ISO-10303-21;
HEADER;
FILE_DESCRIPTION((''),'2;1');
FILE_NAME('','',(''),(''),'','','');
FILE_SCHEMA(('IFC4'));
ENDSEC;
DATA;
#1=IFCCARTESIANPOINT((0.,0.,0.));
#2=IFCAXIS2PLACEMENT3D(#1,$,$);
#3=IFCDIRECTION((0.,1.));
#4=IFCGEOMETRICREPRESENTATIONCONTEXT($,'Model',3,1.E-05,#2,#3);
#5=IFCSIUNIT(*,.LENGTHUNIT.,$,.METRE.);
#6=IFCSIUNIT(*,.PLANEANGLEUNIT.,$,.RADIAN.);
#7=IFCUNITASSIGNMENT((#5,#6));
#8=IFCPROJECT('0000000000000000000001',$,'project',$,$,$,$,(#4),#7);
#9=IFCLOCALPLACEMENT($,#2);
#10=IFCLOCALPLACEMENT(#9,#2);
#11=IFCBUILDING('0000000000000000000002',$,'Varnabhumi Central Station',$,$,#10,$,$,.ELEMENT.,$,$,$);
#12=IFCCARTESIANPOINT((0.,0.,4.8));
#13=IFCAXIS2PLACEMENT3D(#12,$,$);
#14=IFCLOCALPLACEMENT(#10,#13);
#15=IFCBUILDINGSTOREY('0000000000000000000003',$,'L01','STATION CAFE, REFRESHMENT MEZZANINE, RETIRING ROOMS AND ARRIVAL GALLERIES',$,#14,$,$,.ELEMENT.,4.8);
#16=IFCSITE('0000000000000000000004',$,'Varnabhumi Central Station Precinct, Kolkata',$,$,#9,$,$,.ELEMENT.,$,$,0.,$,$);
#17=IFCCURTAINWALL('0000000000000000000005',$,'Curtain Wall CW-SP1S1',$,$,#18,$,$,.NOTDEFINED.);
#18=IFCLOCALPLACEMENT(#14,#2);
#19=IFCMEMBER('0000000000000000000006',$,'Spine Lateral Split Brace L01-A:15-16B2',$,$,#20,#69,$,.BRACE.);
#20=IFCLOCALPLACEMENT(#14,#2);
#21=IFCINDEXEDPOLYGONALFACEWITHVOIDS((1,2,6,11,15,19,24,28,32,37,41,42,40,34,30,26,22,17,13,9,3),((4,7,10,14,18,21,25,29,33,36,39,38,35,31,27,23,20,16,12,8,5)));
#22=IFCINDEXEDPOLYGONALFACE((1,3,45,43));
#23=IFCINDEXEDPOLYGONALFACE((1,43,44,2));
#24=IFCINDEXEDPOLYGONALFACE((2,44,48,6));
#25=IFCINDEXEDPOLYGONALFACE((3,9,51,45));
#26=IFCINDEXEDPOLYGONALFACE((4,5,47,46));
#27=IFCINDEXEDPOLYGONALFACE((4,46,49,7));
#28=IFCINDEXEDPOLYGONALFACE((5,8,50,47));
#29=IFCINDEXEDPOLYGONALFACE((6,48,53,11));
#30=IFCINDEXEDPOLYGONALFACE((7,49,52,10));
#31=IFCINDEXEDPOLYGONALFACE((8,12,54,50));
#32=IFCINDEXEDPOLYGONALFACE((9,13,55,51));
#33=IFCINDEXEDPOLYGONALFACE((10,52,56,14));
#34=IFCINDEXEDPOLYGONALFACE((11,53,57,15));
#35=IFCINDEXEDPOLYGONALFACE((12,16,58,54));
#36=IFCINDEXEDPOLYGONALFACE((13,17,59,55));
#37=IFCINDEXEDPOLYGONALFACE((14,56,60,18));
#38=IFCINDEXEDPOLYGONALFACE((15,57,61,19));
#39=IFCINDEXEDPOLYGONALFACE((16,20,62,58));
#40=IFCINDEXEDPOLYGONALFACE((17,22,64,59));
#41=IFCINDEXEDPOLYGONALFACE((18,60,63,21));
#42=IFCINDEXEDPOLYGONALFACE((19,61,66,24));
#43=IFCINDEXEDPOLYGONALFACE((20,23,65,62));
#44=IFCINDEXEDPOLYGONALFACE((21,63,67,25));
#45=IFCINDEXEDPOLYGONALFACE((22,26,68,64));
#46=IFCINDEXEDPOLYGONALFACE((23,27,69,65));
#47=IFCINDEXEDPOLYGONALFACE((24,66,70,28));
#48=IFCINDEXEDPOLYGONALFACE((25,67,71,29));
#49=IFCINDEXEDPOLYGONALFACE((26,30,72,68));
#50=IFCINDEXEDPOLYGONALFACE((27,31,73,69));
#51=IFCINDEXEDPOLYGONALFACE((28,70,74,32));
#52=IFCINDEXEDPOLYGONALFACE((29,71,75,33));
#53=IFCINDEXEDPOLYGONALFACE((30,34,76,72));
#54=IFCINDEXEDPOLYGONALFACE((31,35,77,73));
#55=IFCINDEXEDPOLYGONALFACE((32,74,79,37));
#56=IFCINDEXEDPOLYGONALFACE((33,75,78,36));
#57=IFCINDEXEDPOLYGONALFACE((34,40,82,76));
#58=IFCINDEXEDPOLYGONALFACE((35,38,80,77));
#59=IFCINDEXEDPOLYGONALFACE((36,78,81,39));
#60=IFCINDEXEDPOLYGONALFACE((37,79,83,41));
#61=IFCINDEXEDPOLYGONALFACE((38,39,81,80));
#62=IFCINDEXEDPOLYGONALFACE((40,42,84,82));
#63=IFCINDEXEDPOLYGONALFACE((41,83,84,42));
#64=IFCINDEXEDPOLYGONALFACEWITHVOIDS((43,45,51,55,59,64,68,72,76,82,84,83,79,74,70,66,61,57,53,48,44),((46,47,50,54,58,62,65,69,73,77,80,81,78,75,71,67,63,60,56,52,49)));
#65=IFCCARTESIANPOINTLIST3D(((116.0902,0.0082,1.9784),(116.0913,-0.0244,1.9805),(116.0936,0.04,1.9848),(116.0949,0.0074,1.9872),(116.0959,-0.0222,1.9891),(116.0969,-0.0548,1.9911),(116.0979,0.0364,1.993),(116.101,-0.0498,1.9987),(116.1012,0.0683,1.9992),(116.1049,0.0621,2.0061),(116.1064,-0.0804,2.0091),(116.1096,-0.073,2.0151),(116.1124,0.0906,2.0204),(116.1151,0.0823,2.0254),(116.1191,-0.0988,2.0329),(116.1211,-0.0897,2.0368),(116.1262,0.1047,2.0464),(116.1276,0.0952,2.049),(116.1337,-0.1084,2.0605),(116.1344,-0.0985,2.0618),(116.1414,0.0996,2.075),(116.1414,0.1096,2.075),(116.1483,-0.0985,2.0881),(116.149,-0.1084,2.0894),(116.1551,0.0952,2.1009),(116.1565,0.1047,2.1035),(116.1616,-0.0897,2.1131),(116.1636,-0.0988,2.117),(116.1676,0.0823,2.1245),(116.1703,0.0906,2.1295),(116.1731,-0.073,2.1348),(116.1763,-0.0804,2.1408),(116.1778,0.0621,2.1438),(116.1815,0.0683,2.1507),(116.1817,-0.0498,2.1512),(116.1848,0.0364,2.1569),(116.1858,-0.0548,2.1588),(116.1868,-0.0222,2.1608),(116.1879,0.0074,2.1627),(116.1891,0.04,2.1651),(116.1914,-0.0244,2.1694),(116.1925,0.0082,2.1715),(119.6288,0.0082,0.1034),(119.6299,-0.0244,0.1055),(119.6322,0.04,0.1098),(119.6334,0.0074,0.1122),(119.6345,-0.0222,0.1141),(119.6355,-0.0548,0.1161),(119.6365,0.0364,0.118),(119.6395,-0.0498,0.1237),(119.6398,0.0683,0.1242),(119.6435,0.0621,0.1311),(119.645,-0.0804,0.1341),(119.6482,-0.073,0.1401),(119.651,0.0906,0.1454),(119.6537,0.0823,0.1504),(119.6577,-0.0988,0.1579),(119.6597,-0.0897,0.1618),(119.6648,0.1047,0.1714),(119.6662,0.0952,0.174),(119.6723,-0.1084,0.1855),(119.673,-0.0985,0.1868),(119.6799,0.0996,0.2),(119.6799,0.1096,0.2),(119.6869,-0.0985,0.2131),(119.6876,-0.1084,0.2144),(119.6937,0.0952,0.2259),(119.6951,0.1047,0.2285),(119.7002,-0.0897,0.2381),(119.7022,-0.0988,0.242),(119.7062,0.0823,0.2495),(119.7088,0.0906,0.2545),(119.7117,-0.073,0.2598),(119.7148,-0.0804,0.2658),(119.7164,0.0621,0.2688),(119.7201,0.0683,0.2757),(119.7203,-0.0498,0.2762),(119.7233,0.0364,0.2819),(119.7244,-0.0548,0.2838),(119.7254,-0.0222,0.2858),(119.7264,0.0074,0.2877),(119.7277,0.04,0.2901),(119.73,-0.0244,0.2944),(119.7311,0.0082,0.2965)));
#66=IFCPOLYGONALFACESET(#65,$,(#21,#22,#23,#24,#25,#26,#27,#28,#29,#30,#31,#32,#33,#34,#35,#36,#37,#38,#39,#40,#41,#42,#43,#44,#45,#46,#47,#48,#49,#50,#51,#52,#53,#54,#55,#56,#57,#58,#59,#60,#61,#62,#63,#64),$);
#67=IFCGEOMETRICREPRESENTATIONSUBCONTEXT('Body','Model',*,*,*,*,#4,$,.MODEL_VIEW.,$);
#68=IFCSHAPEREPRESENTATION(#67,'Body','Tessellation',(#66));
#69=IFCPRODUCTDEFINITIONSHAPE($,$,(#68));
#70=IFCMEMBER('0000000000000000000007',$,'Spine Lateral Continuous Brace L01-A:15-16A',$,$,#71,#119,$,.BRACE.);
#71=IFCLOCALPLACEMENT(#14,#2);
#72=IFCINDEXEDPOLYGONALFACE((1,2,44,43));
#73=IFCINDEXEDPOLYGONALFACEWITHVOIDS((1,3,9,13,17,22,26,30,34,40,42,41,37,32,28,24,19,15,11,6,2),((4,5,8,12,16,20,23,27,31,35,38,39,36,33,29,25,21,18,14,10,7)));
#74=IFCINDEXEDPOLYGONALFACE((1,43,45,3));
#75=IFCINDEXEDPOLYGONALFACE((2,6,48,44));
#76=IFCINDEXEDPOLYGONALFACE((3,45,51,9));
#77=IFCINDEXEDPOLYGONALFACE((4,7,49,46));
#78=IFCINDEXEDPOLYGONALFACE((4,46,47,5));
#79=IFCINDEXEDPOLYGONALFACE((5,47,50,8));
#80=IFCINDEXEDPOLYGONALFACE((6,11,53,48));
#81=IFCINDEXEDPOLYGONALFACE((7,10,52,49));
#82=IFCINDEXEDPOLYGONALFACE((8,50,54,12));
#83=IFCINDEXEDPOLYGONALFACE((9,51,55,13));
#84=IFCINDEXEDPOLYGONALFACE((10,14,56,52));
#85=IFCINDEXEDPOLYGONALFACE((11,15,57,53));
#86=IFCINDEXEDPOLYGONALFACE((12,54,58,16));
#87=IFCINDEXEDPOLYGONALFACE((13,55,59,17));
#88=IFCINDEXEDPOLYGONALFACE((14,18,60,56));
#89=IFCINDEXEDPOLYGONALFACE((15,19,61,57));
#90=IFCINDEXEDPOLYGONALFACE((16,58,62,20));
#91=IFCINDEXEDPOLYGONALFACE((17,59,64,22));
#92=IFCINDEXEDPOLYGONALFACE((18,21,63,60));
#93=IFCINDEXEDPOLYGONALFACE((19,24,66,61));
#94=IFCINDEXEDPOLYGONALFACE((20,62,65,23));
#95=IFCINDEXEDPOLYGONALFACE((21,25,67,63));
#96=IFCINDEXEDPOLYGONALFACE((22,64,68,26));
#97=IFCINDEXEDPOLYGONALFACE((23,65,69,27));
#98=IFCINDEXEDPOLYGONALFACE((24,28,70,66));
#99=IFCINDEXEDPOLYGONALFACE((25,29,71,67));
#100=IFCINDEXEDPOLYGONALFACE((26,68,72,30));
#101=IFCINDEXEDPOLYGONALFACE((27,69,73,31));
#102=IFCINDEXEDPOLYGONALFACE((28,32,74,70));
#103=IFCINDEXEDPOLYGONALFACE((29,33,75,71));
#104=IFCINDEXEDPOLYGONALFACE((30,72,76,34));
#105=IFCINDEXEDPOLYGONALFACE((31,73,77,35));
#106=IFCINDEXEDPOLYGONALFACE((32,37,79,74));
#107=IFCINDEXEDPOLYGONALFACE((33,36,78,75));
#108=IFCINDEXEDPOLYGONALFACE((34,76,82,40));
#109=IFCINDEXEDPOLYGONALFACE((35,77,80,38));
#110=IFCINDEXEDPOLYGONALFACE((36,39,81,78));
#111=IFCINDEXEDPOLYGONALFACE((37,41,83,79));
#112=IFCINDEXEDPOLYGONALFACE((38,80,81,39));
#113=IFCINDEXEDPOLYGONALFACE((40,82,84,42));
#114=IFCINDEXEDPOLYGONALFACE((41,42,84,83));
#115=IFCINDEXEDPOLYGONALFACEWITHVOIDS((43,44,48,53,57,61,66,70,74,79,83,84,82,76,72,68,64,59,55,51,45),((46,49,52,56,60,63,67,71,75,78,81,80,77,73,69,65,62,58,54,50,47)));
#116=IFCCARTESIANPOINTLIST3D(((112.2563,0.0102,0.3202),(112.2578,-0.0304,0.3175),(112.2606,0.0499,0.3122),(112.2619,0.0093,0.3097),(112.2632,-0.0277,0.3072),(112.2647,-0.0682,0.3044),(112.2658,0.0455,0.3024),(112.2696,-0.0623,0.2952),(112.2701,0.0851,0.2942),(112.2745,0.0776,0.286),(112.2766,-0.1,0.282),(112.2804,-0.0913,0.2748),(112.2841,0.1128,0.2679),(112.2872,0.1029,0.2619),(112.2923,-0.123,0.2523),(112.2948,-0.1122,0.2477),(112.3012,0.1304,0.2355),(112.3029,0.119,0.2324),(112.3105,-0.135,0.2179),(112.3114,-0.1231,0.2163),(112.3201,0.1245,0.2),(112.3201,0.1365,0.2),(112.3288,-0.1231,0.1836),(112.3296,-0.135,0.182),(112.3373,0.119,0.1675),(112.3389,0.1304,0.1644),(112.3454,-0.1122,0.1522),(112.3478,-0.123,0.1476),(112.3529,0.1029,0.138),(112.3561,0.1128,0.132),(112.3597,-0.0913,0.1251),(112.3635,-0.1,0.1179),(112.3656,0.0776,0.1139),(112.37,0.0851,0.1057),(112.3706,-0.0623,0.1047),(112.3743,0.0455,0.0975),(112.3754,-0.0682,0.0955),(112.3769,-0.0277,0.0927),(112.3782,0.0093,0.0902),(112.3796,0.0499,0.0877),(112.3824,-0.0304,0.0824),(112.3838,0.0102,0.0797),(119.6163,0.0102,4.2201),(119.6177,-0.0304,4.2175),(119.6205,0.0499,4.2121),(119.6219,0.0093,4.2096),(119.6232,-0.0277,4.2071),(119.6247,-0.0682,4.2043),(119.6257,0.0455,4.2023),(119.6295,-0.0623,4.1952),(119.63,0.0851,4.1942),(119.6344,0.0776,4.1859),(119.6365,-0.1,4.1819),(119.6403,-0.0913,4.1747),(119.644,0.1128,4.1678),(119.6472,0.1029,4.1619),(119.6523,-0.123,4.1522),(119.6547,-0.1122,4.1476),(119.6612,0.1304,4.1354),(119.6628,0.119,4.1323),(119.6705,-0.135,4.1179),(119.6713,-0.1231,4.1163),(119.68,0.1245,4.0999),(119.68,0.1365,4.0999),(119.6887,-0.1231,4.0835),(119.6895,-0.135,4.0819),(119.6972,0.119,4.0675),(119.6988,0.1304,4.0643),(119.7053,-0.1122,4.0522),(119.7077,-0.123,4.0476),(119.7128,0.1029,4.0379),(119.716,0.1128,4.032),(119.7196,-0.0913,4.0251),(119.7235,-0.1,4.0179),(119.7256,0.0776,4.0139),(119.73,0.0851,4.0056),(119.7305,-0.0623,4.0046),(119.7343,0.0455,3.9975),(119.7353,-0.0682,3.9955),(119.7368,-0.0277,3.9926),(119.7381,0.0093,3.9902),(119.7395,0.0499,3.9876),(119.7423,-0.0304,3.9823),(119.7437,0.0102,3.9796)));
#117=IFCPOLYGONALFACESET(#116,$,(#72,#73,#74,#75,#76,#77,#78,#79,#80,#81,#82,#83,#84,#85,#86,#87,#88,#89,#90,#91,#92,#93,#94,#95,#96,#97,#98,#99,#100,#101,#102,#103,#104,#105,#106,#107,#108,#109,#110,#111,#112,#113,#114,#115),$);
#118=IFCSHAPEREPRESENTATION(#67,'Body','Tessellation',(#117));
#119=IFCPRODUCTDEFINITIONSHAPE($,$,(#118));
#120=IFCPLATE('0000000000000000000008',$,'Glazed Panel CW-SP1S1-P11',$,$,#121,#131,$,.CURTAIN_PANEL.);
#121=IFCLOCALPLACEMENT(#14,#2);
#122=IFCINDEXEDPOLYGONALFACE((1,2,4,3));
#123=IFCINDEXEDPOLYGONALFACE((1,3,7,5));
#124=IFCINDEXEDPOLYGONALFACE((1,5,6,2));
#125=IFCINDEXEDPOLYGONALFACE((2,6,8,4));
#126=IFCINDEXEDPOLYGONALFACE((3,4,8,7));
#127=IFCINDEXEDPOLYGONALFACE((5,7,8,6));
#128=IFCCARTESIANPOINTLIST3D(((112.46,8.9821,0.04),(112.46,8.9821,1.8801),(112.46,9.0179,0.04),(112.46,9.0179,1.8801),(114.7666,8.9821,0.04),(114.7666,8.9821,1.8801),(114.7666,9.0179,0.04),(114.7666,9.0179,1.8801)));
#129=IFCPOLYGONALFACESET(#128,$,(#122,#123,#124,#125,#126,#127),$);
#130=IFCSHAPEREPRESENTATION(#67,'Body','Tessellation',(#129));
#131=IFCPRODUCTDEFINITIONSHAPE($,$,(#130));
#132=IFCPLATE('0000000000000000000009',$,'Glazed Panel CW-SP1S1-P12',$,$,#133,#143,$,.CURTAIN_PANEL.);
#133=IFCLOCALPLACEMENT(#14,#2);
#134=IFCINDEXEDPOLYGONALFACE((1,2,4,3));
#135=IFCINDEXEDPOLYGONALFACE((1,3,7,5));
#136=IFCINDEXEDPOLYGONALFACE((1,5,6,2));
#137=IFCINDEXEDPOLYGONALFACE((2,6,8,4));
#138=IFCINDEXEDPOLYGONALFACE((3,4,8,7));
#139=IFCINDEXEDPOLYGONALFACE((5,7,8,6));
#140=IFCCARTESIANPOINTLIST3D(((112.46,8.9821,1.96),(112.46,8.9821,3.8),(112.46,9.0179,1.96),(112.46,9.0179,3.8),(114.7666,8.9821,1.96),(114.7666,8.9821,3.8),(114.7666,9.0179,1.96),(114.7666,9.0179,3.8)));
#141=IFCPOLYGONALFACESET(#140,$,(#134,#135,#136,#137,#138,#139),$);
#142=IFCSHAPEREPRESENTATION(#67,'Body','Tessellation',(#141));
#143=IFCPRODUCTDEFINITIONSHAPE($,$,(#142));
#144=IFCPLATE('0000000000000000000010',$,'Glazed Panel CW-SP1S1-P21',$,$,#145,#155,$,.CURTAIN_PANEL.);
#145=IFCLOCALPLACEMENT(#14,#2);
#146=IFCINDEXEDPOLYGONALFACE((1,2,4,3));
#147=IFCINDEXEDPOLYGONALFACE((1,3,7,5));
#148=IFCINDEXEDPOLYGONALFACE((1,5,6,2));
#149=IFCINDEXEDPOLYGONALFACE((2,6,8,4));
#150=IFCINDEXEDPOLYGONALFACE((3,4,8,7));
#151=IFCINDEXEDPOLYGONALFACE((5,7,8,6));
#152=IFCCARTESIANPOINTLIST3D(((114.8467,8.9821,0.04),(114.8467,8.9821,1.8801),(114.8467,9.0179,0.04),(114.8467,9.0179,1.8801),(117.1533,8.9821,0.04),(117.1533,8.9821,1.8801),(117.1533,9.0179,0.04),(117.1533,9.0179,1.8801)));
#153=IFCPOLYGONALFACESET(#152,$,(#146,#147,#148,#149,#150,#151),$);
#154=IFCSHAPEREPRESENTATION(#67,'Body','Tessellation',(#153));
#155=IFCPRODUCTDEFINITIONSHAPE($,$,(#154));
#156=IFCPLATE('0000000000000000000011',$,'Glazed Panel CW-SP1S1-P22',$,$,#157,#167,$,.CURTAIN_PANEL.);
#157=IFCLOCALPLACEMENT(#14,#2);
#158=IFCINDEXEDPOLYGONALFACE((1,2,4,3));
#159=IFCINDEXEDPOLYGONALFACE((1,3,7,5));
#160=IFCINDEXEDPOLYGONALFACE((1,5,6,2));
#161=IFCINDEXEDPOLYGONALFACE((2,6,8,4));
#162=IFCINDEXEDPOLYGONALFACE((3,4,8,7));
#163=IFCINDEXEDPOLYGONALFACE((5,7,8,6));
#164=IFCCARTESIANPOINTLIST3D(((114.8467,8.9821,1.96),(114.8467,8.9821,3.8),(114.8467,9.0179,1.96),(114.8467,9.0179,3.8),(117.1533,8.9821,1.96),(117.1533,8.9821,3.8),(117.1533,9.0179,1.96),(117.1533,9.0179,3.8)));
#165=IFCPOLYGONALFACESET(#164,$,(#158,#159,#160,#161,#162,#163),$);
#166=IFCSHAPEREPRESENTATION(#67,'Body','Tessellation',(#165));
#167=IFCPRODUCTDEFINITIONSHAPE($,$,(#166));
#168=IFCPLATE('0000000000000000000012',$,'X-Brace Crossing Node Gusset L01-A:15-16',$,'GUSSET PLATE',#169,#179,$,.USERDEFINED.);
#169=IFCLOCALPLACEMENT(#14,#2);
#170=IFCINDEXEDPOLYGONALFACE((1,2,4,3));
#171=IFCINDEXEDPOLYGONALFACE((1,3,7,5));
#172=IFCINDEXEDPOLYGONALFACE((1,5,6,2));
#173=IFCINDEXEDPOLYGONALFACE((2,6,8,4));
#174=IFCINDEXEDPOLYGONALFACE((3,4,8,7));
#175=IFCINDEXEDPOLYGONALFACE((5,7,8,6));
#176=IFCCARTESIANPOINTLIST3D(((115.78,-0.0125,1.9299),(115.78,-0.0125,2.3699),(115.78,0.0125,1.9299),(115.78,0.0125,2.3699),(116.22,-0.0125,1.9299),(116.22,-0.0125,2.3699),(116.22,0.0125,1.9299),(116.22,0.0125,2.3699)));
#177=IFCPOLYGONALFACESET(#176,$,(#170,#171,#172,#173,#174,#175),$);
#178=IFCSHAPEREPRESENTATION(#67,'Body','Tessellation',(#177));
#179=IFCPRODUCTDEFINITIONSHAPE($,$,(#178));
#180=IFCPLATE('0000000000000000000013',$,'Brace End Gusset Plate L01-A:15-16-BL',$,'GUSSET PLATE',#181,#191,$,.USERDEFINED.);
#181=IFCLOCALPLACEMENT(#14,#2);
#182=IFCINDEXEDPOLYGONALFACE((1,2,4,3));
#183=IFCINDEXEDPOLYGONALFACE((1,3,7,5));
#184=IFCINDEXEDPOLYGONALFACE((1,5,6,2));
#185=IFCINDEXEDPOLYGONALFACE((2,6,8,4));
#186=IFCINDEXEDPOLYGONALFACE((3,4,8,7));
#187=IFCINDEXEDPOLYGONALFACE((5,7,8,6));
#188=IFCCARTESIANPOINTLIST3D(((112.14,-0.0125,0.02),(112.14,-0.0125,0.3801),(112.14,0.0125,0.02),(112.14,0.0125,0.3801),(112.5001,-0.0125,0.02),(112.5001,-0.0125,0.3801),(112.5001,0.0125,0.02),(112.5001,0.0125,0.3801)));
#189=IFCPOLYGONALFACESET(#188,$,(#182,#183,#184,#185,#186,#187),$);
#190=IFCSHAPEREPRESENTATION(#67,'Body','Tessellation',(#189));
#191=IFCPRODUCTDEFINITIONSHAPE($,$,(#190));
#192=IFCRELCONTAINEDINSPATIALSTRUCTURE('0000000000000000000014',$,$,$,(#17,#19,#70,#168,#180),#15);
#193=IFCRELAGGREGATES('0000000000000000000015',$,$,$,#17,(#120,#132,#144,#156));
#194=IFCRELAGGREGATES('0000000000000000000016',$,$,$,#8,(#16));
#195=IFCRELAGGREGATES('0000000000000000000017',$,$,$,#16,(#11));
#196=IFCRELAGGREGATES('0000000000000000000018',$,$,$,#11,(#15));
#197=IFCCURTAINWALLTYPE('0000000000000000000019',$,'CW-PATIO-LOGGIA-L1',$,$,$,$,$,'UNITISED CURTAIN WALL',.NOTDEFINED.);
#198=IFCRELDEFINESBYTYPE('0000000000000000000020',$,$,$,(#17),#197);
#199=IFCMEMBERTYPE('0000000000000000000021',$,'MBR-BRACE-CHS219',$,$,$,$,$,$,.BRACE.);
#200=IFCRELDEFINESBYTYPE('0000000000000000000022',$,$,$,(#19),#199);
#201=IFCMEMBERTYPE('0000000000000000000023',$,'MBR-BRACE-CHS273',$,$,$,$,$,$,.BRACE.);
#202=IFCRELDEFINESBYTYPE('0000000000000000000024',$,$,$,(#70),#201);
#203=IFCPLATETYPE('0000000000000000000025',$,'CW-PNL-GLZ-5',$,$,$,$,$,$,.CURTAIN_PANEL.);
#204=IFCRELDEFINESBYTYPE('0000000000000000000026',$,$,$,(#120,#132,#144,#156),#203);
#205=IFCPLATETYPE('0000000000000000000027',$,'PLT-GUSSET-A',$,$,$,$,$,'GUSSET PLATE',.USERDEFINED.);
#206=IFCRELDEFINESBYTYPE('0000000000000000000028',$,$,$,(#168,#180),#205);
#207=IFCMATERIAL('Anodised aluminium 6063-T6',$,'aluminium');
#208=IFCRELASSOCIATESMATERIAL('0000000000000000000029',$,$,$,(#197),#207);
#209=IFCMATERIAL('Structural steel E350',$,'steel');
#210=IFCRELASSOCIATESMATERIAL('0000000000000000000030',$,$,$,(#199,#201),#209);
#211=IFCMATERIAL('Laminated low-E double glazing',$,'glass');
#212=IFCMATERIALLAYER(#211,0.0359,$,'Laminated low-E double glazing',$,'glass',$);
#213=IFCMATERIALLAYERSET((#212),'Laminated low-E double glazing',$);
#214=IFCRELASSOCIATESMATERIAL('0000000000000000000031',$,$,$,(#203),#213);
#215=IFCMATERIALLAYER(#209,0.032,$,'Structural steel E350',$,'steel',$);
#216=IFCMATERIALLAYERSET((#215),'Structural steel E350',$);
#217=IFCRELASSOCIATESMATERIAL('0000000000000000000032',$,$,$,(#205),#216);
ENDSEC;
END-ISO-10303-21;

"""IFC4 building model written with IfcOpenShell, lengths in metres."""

from ifc_helpers import new_model, si_unit, direction, frame, origin, origin_2d, place, context, subcontext, project, spatial, rectangle, hollow_circle, extrude, material, layer, layer_set, material_profile, profile_set, type_object, element, aggregate, save


model = new_model("IFC4")

# Units and contexts
model_context = context("Model", 3, precision=1e-05, world=origin(), true_north=direction((0.0, 1.0)))
body_context = subcontext(model_context, "Body", "Model", "MODEL_VIEW")
ifc_project = project(units=[si_unit("LENGTHUNIT", "METRE"), si_unit("PLANEANGLEUNIT", "RADIAN")], contexts=[model_context])

# Site, building, storey
site_placement = place(None, origin())
site = spatial("IfcSite", under=ifc_project, at=site_placement, Name="Varnabhumi Central Station Precinct, Kolkata", CompositionType="ELEMENT", RefElevation=0.0)
building_placement = place(site_placement, origin())
building = spatial("IfcBuilding", under=site, at=building_placement, Name="Varnabhumi Central Station", CompositionType="ELEMENT")
storey_placement = place(building_placement, frame((0.0, 0.0, 4.8)))
storey = spatial("IfcBuildingStorey", under=building, at=storey_placement, Name="L01", Description="STATION CAFE, REFRESHMENT MEZZANINE, RETIRING ROOMS AND ARRIVAL GALLERIES", CompositionType="ELEMENT", Elevation=4.8)

# Shared definitions
ifc_material_1 = material(Name="Structural steel E350", Category="steel")

# Curtain wall
ifc_material_2 = material(Name="Anodised aluminium 6063-T6", Category="aluminium")
curtain_wall_type = type_object("IfcCurtainWallType", Name="CW-PATIO-LOGGIA-L1", ElementType="UNITISED CURTAIN WALL", PredefinedType="NOTDEFINED", material=ifc_material_2)
curtain_wall_placement = place(storey_placement, origin())
curtain_wall = element("IfcCurtainWall", 1, at=curtain_wall_placement, inside=storey, type_object=curtain_wall_type, Name="Curtain Wall CW-SP1S1", PredefinedType="NOTDEFINED")

# Members
ifc_material_profile_1 = material_profile(ifc_material_1, hollow_circle(Radius=0.1096, WallThickness=0.01, at=origin_2d()), Name="Structural steel E350", Category="steel")
ifc_profile_set_1 = profile_set([ifc_material_profile_1], Name="Structural steel E350")
member_type_1 = type_object("IfcMemberType", Name="MBR-BRACE-CHS219", PredefinedType="BRACE", material=ifc_profile_set_1)
for number, where, z_axis, x_axis, name in (
    (2, (116.1414, 0.0, 2.075), (0.883619, 0.0, -0.468207), (0.0, 1.0, 0.0), "Spine Lateral Split Brace L01-A:15-16B2"),
):
    element("IfcMember", number, at=place(storey_placement, frame(where, z_axis=z_axis, x_axis=x_axis)), inside=storey, type_object=member_type_1, Name=name, PredefinedType="BRACE", context=body_context, shape_type="SweptSolid", body=[
        extrude(hollow_circle(Radius=0.1096, WallThickness=0.01, at=origin_2d()), origin(), (0.0, 0.0, 1.0), 4.0046),
    ])
ifc_material_profile_2 = material_profile(ifc_material_1, hollow_circle(Radius=0.1365, WallThickness=0.012, at=origin_2d()), Name="Structural steel E350", Category="steel")
ifc_profile_set_2 = profile_set([ifc_material_profile_2], Name="Structural steel E350")
member_type_2 = type_object("IfcMemberType", Name="MBR-BRACE-CHS273", PredefinedType="BRACE", material=ifc_profile_set_2)
member_1_placement = place(storey_placement, frame((112.3201, 0.0, 0.2), z_axis=(0.883614, 0.0, 0.468216), x_axis=(0.0, 1.0, 0.0)))
element("IfcMember", 3, at=member_1_placement, inside=storey, type_object=member_type_2, Name="Spine Lateral Continuous Brace L01-A:15-16A", PredefinedType="BRACE", context=body_context, shape_type="SweptSolid", body=[
    extrude(hollow_circle(Radius=0.1365, WallThickness=0.012, at=origin_2d()), origin(), (0.0, 0.0, 1.0), 8.3293),
])

# Plates
ifc_material_3 = material(Name="Laminated low-E double glazing", Category="glass")
ifc_layer_1 = layer(ifc_material_3, 0.0359, Name="Laminated low-E double glazing", Category="glass")
ifc_layer_set_1 = layer_set([ifc_layer_1], Name="Laminated low-E double glazing")
plate_type_1 = type_object("IfcPlateType", Name="CW-PNL-GLZ-5", PredefinedType="CURTAIN_PANEL", material=ifc_layer_set_1)
plate_1_placement = place(storey_placement, frame((113.6133, 9.0, 0.04), z_axis=(0.0, 0.0, 1.0), x_axis=(1.0, 0.0, 0.0)))
plate_1 = element("IfcPlate", 4, at=plate_1_placement, type_object=plate_type_1, Name="Glazed Panel CW-SP1S1-P11", PredefinedType="CURTAIN_PANEL", context=body_context, shape_type="SweptSolid", body=[
    extrude(rectangle(XDim=2.3066, YDim=0.0359, at=origin_2d()), origin(), (0.0, 0.0, 1.0), 1.8401),
])
plate_2_placement = place(storey_placement, frame((113.6133, 9.0, 1.96), z_axis=(0.0, 0.0, 1.0), x_axis=(1.0, 0.0, 0.0)))
plate_2 = element("IfcPlate", 5, at=plate_2_placement, type_object=plate_type_1, Name="Glazed Panel CW-SP1S1-P12", PredefinedType="CURTAIN_PANEL", context=body_context, shape_type="SweptSolid", body=[
    extrude(rectangle(XDim=2.3066, YDim=0.0359, at=origin_2d()), origin(), (0.0, 0.0, 1.0), 1.8401),
])
plate_3_placement = place(storey_placement, frame((116.0, 9.0, 0.04), z_axis=(0.0, 0.0, 1.0), x_axis=(1.0, 0.0, 0.0)))
plate_3 = element("IfcPlate", 6, at=plate_3_placement, type_object=plate_type_1, Name="Glazed Panel CW-SP1S1-P21", PredefinedType="CURTAIN_PANEL", context=body_context, shape_type="SweptSolid", body=[
    extrude(rectangle(XDim=2.3066, YDim=0.0359, at=origin_2d()), origin(), (0.0, 0.0, 1.0), 1.8401),
])
plate_4_placement = place(storey_placement, frame((116.0, 9.0, 1.96), z_axis=(0.0, 0.0, 1.0), x_axis=(1.0, 0.0, 0.0)))
plate_4 = element("IfcPlate", 7, at=plate_4_placement, type_object=plate_type_1, Name="Glazed Panel CW-SP1S1-P22", PredefinedType="CURTAIN_PANEL", context=body_context, shape_type="SweptSolid", body=[
    extrude(rectangle(XDim=2.3066, YDim=0.0359, at=origin_2d()), origin(), (0.0, 0.0, 1.0), 1.8401),
])
aggregate(curtain_wall, [plate_1, plate_2, plate_3, plate_4])

# Plates
ifc_layer_2 = layer(ifc_material_1, 0.032, Name="Structural steel E350", Category="steel")
ifc_layer_set_2 = layer_set([ifc_layer_2], Name="Structural steel E350")
plate_type_2 = type_object("IfcPlateType", Name="PLT-GUSSET-A", ElementType="GUSSET PLATE", PredefinedType="USERDEFINED", material=ifc_layer_set_2)
plate_5_placement = place(storey_placement, frame((116.0, 0.0, 1.9299), z_axis=(0.0, 0.0, 1.0), x_axis=(1.0, 0.0, 0.0)))
element("IfcPlate", 8, at=plate_5_placement, inside=storey, type_object=plate_type_2, Name="X-Brace Crossing Node Gusset L01-A:15-16", ObjectType="GUSSET PLATE", PredefinedType="USERDEFINED", context=body_context, shape_type="SweptSolid", body=[
    extrude(rectangle(XDim=0.4399, YDim=0.0249, at=origin_2d()), origin(), (0.0, 0.0, 1.0), 0.4399),
])
for number, where, z_axis, x_axis, name in (
    (9, (112.3201, 0.0, 0.02), (0.0, 0.0, 1.0), (1.0, 0.0, 0.0), "Brace End Gusset Plate L01-A:15-16-BL"),
):
    element("IfcPlate", number, at=place(storey_placement, frame(where, z_axis=z_axis, x_axis=x_axis)), inside=storey, type_object=plate_type_2, Name=name, ObjectType="GUSSET PLATE", PredefinedType="USERDEFINED", context=body_context, shape_type="SweptSolid", body=[
        extrude(rectangle(XDim=0.3601, YDim=0.0249, at=origin_2d()), origin(), (0.0, 0.0, 1.0), 0.3601),
    ])

save(model, "model.ifc")
